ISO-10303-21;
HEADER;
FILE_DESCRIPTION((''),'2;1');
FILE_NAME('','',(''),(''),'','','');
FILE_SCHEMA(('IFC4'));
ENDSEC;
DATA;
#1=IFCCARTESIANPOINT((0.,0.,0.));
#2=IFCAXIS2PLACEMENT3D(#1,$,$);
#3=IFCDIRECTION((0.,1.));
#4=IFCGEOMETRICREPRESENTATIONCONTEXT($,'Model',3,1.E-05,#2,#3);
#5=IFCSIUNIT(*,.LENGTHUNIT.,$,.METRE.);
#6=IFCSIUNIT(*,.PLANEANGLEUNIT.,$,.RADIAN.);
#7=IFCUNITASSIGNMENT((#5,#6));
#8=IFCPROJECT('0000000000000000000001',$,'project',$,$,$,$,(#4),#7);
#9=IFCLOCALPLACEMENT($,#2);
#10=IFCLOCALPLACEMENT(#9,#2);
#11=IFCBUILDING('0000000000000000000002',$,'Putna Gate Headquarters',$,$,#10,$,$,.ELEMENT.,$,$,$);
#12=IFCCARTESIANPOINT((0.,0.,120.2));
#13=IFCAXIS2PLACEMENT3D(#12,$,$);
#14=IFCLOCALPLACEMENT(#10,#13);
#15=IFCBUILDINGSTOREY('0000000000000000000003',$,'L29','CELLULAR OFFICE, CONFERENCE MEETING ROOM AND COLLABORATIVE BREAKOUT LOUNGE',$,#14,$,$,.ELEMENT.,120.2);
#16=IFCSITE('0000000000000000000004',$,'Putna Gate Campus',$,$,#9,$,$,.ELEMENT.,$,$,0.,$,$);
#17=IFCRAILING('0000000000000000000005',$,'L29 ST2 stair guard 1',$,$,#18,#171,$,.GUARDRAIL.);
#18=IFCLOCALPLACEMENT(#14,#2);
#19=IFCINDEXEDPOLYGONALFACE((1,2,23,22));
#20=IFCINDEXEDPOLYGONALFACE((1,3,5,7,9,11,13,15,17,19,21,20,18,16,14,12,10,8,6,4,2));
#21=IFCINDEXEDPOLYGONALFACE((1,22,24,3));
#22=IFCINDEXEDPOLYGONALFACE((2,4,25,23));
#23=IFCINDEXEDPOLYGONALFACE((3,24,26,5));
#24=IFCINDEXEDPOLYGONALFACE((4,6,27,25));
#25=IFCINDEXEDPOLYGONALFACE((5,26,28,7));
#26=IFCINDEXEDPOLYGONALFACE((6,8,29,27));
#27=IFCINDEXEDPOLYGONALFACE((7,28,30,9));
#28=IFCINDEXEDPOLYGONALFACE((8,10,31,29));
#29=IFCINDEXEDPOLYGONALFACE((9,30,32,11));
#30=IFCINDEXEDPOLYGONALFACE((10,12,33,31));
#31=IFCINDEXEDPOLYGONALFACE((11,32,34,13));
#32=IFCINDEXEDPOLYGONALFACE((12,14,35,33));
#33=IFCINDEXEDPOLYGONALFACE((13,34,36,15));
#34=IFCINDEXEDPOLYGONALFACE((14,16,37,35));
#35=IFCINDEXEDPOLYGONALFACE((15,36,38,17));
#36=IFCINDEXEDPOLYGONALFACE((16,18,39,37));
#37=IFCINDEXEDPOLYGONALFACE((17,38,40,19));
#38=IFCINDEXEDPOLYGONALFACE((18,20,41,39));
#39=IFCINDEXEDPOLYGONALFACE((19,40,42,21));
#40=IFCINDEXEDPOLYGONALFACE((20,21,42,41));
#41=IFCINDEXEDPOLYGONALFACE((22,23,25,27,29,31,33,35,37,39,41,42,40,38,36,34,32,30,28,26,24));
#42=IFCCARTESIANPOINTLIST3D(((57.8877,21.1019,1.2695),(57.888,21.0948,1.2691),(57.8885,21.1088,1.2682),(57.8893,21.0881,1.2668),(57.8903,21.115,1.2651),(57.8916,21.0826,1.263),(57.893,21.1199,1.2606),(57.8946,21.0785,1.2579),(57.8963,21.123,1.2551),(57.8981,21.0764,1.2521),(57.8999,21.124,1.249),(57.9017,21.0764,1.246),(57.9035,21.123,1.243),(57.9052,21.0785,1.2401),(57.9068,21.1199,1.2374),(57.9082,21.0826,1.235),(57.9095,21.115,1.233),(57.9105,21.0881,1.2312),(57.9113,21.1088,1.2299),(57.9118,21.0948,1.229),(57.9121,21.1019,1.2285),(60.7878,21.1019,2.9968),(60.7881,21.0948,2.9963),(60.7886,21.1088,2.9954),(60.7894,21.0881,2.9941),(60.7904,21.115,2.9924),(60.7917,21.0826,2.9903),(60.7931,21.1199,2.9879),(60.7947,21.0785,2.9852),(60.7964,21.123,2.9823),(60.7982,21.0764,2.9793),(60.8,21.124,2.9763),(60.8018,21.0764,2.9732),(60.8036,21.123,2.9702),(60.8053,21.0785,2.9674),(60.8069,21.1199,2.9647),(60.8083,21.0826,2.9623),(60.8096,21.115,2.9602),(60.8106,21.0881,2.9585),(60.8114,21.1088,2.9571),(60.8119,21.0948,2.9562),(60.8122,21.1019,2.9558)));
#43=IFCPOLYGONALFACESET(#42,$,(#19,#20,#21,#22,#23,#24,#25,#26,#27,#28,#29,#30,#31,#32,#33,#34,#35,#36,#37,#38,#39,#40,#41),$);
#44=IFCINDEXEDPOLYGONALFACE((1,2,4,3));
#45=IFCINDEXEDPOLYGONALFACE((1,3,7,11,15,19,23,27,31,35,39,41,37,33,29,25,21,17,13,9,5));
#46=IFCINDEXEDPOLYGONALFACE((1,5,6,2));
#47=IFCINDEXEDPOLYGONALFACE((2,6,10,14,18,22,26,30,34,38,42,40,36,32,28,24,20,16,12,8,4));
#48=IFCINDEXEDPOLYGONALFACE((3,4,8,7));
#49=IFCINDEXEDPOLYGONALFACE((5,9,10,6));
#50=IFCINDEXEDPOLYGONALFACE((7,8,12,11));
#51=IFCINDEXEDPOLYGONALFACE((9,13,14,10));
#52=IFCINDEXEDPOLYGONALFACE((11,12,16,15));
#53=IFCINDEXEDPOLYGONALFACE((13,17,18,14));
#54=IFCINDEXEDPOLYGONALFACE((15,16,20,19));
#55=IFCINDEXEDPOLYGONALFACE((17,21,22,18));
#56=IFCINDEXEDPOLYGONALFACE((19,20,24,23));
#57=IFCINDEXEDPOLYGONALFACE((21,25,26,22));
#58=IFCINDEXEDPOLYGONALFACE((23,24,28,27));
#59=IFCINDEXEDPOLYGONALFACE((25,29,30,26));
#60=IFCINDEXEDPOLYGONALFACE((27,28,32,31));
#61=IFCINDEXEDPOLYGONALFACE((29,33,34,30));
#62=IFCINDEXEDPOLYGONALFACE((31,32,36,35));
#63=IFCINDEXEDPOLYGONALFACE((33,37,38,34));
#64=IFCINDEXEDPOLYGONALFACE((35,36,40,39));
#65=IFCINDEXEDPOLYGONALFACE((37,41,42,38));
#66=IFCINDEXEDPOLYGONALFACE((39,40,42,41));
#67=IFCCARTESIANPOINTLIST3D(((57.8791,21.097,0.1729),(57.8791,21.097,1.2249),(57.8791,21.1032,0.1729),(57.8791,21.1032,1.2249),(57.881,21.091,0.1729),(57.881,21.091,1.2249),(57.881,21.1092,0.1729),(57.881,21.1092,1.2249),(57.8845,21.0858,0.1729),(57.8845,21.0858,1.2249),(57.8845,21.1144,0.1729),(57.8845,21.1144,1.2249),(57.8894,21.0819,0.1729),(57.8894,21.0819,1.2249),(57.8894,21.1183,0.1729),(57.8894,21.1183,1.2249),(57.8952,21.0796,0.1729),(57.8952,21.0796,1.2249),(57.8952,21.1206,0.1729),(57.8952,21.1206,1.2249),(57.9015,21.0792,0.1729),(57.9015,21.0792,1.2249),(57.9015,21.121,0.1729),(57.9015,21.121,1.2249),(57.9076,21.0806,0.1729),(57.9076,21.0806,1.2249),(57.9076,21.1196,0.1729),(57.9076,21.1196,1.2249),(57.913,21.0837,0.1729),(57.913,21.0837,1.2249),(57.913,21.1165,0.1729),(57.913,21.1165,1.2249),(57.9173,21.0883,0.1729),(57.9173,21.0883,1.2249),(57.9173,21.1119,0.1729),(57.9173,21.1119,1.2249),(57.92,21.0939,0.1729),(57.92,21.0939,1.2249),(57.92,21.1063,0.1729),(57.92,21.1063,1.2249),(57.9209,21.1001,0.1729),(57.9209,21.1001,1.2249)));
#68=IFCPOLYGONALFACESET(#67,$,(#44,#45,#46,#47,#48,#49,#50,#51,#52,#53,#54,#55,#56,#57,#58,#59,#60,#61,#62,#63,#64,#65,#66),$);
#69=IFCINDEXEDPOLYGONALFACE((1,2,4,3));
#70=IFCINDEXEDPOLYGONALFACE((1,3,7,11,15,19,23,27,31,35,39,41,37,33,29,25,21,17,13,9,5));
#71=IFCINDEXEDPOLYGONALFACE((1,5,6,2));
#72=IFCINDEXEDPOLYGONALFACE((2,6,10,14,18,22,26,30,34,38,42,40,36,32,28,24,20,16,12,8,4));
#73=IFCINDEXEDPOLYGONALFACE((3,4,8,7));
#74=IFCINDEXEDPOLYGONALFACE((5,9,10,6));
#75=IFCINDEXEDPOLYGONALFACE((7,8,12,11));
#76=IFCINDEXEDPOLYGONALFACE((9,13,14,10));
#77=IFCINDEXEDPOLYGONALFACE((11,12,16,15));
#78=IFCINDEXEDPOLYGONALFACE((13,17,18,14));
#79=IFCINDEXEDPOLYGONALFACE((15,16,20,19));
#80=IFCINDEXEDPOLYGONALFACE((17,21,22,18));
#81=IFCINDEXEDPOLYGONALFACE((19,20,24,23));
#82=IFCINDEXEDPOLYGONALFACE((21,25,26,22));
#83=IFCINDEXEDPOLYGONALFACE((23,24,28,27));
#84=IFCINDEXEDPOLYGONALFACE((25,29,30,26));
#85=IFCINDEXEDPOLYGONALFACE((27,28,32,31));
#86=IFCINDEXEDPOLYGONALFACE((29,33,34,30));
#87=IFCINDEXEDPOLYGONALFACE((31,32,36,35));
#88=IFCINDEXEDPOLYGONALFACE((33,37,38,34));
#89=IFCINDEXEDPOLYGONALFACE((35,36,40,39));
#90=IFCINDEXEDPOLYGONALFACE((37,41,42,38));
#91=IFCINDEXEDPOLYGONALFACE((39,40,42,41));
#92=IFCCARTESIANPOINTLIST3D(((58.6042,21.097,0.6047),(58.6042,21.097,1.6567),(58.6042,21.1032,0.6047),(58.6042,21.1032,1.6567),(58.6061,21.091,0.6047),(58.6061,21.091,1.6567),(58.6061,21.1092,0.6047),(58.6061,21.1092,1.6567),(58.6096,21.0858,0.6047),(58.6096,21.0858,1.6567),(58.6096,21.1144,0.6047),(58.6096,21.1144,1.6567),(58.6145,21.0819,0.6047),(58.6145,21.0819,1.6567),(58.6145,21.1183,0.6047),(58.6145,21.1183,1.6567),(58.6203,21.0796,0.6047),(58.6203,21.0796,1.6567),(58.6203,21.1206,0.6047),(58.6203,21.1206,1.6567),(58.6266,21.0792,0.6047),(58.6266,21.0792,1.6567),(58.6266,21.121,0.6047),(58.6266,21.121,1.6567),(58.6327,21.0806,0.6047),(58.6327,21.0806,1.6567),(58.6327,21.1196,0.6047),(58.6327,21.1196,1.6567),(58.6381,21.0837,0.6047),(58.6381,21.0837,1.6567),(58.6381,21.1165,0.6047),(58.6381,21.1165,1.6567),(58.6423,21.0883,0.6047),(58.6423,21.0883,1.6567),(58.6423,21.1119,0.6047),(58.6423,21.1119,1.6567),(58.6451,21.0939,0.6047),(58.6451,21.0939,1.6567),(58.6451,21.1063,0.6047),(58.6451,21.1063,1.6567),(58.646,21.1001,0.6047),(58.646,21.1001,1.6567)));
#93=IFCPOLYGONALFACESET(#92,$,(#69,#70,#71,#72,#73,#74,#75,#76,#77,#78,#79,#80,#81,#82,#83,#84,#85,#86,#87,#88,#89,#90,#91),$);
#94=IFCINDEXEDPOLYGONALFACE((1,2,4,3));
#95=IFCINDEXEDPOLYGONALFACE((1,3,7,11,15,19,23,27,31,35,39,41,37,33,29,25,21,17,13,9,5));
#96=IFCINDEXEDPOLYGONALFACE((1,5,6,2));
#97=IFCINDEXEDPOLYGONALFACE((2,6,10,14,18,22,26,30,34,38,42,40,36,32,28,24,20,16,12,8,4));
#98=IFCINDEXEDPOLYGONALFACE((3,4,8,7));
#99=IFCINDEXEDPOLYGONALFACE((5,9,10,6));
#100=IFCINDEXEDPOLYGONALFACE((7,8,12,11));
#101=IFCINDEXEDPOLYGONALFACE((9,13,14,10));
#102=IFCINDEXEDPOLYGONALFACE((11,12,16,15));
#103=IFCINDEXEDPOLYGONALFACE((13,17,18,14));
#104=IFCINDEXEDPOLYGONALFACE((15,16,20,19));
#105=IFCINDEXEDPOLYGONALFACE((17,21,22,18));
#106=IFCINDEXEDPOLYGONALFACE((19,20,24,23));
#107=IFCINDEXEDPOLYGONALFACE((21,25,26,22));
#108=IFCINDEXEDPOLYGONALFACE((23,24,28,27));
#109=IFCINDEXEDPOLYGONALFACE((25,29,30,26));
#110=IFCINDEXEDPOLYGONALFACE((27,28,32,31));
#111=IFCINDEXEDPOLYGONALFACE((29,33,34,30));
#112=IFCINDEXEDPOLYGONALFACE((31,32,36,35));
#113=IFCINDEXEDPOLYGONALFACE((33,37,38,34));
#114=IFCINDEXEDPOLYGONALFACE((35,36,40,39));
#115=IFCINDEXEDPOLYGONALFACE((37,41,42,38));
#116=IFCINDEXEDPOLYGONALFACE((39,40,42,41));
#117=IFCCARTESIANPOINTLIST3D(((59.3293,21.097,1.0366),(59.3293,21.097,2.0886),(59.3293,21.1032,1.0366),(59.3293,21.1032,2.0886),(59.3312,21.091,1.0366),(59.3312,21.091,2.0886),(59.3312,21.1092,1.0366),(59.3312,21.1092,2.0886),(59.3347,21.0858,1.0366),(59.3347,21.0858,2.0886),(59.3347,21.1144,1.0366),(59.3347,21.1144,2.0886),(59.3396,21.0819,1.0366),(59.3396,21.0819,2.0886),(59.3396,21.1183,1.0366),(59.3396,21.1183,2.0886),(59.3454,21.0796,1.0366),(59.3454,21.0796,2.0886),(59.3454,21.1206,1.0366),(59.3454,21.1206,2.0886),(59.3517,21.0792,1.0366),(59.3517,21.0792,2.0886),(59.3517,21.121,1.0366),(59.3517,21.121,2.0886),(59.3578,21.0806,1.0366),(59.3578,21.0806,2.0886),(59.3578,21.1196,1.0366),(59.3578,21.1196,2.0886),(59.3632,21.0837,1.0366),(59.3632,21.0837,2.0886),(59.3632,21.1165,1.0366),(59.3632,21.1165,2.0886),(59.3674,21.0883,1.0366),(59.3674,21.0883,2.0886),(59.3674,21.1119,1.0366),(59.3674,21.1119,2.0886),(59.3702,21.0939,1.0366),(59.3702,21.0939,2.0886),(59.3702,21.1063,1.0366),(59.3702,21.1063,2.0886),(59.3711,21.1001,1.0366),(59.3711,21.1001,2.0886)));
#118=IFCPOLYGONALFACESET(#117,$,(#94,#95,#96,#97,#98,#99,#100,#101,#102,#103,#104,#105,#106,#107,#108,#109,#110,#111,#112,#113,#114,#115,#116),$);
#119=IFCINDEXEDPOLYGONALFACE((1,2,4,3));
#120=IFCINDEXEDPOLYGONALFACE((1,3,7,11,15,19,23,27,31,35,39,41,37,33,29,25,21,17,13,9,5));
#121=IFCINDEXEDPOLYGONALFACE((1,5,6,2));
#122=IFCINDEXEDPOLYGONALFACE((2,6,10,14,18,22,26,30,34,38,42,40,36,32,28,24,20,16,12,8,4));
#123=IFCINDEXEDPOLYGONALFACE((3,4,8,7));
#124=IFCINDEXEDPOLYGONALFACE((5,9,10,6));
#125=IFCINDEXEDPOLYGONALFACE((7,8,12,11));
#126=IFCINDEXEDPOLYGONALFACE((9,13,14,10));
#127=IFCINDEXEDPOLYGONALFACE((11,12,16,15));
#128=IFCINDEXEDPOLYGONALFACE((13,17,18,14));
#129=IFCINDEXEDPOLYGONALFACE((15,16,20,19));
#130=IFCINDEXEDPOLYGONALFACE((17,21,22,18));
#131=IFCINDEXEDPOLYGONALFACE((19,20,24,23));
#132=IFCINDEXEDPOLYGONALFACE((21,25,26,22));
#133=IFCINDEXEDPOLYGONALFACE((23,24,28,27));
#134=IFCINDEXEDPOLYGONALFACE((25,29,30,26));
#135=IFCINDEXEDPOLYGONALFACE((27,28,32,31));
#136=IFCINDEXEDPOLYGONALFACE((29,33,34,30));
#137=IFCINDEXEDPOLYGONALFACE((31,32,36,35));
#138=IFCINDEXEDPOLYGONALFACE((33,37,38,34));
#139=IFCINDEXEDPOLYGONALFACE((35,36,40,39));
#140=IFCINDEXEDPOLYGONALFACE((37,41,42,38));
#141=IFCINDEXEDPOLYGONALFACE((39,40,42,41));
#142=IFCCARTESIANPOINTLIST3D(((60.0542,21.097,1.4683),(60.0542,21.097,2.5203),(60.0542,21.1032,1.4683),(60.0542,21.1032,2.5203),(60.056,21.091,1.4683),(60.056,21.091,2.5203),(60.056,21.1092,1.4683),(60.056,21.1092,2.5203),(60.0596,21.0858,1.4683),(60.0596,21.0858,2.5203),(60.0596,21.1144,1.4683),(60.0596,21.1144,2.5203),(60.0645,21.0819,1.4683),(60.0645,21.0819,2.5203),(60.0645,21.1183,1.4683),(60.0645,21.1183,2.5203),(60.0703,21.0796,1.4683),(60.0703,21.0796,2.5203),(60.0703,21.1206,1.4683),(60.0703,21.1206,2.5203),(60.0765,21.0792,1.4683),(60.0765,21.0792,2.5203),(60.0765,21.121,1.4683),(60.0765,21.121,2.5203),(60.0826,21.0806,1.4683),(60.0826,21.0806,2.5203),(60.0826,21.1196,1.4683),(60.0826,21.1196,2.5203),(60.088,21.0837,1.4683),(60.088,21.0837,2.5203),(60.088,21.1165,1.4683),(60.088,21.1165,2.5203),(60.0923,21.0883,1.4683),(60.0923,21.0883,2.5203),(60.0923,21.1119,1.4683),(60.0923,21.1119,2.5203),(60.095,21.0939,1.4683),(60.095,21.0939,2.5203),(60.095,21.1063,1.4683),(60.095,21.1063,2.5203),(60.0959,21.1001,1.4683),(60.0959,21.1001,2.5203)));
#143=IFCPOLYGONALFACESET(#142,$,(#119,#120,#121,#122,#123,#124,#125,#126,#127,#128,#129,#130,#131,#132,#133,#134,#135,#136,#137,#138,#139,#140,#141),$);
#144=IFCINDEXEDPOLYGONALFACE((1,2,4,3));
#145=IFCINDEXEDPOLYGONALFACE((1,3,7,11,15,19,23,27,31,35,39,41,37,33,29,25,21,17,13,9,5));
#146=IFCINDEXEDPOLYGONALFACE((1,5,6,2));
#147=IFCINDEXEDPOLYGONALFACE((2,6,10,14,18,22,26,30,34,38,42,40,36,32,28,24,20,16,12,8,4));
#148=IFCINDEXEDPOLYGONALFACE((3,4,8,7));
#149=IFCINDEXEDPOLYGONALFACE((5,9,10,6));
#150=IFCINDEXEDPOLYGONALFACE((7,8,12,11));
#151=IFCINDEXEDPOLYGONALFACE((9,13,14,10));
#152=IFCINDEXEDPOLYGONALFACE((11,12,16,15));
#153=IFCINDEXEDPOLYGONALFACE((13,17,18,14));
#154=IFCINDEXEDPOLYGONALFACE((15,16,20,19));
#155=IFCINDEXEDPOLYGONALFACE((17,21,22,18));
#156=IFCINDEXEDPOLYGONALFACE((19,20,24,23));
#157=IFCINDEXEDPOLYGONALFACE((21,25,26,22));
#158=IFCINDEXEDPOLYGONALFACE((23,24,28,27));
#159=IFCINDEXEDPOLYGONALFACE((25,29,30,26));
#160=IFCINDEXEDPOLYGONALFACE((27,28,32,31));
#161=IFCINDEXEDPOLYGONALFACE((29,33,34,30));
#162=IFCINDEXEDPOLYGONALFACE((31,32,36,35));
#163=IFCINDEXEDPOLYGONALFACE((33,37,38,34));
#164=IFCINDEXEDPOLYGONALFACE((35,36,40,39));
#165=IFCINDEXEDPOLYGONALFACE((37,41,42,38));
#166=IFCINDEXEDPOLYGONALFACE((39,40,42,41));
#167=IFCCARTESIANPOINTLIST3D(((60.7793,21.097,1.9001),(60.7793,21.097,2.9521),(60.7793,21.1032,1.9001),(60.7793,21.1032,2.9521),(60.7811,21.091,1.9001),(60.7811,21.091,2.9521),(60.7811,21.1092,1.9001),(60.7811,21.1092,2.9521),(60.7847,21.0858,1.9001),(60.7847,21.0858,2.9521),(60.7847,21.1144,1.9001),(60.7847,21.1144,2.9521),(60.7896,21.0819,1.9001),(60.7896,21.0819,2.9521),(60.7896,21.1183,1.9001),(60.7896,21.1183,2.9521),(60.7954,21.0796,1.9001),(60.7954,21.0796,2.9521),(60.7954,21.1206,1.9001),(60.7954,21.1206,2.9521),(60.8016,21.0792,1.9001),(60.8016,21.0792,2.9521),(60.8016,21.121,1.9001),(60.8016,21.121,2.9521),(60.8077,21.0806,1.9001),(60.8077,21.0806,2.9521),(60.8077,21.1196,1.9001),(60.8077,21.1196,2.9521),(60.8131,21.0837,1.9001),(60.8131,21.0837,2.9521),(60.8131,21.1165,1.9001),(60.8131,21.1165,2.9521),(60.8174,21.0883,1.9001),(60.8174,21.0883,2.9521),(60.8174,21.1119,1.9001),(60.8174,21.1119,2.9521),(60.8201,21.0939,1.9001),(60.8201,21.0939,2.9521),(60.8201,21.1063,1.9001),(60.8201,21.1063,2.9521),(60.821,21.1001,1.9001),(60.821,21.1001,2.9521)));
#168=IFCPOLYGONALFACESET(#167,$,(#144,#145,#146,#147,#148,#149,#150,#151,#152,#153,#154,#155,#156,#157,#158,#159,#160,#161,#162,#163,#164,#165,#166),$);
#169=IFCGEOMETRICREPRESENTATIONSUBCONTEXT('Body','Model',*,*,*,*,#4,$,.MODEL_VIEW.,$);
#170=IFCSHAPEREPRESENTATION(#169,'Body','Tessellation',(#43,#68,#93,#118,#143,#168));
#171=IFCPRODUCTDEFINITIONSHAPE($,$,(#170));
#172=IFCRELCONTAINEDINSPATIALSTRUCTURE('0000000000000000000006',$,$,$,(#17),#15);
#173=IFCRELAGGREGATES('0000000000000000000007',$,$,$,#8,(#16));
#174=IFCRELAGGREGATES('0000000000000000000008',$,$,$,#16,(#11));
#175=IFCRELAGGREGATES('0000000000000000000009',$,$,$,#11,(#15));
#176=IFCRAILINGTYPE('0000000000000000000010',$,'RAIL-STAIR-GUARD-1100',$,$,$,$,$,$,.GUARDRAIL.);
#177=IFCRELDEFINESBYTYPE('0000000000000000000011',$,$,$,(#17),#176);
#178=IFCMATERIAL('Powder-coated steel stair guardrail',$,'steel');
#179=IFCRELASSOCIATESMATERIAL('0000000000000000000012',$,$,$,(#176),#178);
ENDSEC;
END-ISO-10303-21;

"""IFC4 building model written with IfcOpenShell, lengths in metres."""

from ifc_helpers import new_model, si_unit, direction, frame, origin, origin_2d, place, context, subcontext, project, spatial, circle, extrude, material, type_object, element, save


model = new_model("IFC4")

# Units and contexts
model_context = context("Model", 3, precision=1e-05, world=origin(), true_north=direction((0.0, 1.0)))
body_context = subcontext(model_context, "Body", "Model", "MODEL_VIEW")
ifc_project = project(units=[si_unit("LENGTHUNIT", "METRE"), si_unit("PLANEANGLEUNIT", "RADIAN")], contexts=[model_context])

# Site, building, storey
site_placement = place(None, origin())
site = spatial("IfcSite", under=ifc_project, at=site_placement, Name="Putna Gate Campus", CompositionType="ELEMENT", RefElevation=0.0)
building_placement = place(site_placement, origin())
building = spatial("IfcBuilding", under=site, at=building_placement, Name="Putna Gate Headquarters", CompositionType="ELEMENT")
storey_placement = place(building_placement, frame((0.0, 0.0, 120.2)))
storey = spatial("IfcBuildingStorey", under=building, at=storey_placement, Name="L29", Description="CELLULAR OFFICE, CONFERENCE MEETING ROOM AND COLLABORATIVE BREAKOUT LOUNGE", CompositionType="ELEMENT", Elevation=120.2)

# Railing
ifc_material_1 = material(Name="Powder-coated steel stair guardrail", Category="steel")
railing_type_1 = type_object("IfcRailingType", Name="RAIL-STAIR-GUARD-1100", PredefinedType="GUARDRAIL", material=ifc_material_1)
railing_1_placement = place(storey_placement, frame((57.8999, 21.1001, 0.1729)))
element("IfcRailing", 1, at=railing_1_placement, inside=storey, type_object=railing_type_1, Name="L29 ST2 stair guard 1", PredefinedType="GUARDRAIL", context=body_context, shape_type="SweptSolid", body=[
    extrude(circle(Radius=0.0239, at=origin_2d()), frame((0.0, 0.0, 1.0762), z_axis=(0.85916, 0.0, 0.511706), x_axis=(0.0, 1.0, 0.0)), (0.0, 0.0, 1.0), 3.3755),
    extrude(circle(Radius=0.021, at=origin_2d()), origin(), (0.0, 0.0, 1.0), 1.052),
    extrude(circle(Radius=0.021, at=origin_2d()), frame((0.7251, 0.0, 0.4319)), (0.0, 0.0, 1.0), 1.052),
    extrude(circle(Radius=0.021, at=origin_2d()), frame((1.4502, 0.0, 0.8638)), (0.0, 0.0, 1.0), 1.052),
    extrude(circle(Radius=0.021, at=origin_2d()), frame((2.175, 0.0, 1.2954)), (0.0, 0.0, 1.0), 1.052),
    extrude(circle(Radius=0.021, at=origin_2d()), frame((2.9001, 0.0, 1.7273)), (0.0, 0.0, 1.0), 1.052),
])

save(model, "model.ifc")
